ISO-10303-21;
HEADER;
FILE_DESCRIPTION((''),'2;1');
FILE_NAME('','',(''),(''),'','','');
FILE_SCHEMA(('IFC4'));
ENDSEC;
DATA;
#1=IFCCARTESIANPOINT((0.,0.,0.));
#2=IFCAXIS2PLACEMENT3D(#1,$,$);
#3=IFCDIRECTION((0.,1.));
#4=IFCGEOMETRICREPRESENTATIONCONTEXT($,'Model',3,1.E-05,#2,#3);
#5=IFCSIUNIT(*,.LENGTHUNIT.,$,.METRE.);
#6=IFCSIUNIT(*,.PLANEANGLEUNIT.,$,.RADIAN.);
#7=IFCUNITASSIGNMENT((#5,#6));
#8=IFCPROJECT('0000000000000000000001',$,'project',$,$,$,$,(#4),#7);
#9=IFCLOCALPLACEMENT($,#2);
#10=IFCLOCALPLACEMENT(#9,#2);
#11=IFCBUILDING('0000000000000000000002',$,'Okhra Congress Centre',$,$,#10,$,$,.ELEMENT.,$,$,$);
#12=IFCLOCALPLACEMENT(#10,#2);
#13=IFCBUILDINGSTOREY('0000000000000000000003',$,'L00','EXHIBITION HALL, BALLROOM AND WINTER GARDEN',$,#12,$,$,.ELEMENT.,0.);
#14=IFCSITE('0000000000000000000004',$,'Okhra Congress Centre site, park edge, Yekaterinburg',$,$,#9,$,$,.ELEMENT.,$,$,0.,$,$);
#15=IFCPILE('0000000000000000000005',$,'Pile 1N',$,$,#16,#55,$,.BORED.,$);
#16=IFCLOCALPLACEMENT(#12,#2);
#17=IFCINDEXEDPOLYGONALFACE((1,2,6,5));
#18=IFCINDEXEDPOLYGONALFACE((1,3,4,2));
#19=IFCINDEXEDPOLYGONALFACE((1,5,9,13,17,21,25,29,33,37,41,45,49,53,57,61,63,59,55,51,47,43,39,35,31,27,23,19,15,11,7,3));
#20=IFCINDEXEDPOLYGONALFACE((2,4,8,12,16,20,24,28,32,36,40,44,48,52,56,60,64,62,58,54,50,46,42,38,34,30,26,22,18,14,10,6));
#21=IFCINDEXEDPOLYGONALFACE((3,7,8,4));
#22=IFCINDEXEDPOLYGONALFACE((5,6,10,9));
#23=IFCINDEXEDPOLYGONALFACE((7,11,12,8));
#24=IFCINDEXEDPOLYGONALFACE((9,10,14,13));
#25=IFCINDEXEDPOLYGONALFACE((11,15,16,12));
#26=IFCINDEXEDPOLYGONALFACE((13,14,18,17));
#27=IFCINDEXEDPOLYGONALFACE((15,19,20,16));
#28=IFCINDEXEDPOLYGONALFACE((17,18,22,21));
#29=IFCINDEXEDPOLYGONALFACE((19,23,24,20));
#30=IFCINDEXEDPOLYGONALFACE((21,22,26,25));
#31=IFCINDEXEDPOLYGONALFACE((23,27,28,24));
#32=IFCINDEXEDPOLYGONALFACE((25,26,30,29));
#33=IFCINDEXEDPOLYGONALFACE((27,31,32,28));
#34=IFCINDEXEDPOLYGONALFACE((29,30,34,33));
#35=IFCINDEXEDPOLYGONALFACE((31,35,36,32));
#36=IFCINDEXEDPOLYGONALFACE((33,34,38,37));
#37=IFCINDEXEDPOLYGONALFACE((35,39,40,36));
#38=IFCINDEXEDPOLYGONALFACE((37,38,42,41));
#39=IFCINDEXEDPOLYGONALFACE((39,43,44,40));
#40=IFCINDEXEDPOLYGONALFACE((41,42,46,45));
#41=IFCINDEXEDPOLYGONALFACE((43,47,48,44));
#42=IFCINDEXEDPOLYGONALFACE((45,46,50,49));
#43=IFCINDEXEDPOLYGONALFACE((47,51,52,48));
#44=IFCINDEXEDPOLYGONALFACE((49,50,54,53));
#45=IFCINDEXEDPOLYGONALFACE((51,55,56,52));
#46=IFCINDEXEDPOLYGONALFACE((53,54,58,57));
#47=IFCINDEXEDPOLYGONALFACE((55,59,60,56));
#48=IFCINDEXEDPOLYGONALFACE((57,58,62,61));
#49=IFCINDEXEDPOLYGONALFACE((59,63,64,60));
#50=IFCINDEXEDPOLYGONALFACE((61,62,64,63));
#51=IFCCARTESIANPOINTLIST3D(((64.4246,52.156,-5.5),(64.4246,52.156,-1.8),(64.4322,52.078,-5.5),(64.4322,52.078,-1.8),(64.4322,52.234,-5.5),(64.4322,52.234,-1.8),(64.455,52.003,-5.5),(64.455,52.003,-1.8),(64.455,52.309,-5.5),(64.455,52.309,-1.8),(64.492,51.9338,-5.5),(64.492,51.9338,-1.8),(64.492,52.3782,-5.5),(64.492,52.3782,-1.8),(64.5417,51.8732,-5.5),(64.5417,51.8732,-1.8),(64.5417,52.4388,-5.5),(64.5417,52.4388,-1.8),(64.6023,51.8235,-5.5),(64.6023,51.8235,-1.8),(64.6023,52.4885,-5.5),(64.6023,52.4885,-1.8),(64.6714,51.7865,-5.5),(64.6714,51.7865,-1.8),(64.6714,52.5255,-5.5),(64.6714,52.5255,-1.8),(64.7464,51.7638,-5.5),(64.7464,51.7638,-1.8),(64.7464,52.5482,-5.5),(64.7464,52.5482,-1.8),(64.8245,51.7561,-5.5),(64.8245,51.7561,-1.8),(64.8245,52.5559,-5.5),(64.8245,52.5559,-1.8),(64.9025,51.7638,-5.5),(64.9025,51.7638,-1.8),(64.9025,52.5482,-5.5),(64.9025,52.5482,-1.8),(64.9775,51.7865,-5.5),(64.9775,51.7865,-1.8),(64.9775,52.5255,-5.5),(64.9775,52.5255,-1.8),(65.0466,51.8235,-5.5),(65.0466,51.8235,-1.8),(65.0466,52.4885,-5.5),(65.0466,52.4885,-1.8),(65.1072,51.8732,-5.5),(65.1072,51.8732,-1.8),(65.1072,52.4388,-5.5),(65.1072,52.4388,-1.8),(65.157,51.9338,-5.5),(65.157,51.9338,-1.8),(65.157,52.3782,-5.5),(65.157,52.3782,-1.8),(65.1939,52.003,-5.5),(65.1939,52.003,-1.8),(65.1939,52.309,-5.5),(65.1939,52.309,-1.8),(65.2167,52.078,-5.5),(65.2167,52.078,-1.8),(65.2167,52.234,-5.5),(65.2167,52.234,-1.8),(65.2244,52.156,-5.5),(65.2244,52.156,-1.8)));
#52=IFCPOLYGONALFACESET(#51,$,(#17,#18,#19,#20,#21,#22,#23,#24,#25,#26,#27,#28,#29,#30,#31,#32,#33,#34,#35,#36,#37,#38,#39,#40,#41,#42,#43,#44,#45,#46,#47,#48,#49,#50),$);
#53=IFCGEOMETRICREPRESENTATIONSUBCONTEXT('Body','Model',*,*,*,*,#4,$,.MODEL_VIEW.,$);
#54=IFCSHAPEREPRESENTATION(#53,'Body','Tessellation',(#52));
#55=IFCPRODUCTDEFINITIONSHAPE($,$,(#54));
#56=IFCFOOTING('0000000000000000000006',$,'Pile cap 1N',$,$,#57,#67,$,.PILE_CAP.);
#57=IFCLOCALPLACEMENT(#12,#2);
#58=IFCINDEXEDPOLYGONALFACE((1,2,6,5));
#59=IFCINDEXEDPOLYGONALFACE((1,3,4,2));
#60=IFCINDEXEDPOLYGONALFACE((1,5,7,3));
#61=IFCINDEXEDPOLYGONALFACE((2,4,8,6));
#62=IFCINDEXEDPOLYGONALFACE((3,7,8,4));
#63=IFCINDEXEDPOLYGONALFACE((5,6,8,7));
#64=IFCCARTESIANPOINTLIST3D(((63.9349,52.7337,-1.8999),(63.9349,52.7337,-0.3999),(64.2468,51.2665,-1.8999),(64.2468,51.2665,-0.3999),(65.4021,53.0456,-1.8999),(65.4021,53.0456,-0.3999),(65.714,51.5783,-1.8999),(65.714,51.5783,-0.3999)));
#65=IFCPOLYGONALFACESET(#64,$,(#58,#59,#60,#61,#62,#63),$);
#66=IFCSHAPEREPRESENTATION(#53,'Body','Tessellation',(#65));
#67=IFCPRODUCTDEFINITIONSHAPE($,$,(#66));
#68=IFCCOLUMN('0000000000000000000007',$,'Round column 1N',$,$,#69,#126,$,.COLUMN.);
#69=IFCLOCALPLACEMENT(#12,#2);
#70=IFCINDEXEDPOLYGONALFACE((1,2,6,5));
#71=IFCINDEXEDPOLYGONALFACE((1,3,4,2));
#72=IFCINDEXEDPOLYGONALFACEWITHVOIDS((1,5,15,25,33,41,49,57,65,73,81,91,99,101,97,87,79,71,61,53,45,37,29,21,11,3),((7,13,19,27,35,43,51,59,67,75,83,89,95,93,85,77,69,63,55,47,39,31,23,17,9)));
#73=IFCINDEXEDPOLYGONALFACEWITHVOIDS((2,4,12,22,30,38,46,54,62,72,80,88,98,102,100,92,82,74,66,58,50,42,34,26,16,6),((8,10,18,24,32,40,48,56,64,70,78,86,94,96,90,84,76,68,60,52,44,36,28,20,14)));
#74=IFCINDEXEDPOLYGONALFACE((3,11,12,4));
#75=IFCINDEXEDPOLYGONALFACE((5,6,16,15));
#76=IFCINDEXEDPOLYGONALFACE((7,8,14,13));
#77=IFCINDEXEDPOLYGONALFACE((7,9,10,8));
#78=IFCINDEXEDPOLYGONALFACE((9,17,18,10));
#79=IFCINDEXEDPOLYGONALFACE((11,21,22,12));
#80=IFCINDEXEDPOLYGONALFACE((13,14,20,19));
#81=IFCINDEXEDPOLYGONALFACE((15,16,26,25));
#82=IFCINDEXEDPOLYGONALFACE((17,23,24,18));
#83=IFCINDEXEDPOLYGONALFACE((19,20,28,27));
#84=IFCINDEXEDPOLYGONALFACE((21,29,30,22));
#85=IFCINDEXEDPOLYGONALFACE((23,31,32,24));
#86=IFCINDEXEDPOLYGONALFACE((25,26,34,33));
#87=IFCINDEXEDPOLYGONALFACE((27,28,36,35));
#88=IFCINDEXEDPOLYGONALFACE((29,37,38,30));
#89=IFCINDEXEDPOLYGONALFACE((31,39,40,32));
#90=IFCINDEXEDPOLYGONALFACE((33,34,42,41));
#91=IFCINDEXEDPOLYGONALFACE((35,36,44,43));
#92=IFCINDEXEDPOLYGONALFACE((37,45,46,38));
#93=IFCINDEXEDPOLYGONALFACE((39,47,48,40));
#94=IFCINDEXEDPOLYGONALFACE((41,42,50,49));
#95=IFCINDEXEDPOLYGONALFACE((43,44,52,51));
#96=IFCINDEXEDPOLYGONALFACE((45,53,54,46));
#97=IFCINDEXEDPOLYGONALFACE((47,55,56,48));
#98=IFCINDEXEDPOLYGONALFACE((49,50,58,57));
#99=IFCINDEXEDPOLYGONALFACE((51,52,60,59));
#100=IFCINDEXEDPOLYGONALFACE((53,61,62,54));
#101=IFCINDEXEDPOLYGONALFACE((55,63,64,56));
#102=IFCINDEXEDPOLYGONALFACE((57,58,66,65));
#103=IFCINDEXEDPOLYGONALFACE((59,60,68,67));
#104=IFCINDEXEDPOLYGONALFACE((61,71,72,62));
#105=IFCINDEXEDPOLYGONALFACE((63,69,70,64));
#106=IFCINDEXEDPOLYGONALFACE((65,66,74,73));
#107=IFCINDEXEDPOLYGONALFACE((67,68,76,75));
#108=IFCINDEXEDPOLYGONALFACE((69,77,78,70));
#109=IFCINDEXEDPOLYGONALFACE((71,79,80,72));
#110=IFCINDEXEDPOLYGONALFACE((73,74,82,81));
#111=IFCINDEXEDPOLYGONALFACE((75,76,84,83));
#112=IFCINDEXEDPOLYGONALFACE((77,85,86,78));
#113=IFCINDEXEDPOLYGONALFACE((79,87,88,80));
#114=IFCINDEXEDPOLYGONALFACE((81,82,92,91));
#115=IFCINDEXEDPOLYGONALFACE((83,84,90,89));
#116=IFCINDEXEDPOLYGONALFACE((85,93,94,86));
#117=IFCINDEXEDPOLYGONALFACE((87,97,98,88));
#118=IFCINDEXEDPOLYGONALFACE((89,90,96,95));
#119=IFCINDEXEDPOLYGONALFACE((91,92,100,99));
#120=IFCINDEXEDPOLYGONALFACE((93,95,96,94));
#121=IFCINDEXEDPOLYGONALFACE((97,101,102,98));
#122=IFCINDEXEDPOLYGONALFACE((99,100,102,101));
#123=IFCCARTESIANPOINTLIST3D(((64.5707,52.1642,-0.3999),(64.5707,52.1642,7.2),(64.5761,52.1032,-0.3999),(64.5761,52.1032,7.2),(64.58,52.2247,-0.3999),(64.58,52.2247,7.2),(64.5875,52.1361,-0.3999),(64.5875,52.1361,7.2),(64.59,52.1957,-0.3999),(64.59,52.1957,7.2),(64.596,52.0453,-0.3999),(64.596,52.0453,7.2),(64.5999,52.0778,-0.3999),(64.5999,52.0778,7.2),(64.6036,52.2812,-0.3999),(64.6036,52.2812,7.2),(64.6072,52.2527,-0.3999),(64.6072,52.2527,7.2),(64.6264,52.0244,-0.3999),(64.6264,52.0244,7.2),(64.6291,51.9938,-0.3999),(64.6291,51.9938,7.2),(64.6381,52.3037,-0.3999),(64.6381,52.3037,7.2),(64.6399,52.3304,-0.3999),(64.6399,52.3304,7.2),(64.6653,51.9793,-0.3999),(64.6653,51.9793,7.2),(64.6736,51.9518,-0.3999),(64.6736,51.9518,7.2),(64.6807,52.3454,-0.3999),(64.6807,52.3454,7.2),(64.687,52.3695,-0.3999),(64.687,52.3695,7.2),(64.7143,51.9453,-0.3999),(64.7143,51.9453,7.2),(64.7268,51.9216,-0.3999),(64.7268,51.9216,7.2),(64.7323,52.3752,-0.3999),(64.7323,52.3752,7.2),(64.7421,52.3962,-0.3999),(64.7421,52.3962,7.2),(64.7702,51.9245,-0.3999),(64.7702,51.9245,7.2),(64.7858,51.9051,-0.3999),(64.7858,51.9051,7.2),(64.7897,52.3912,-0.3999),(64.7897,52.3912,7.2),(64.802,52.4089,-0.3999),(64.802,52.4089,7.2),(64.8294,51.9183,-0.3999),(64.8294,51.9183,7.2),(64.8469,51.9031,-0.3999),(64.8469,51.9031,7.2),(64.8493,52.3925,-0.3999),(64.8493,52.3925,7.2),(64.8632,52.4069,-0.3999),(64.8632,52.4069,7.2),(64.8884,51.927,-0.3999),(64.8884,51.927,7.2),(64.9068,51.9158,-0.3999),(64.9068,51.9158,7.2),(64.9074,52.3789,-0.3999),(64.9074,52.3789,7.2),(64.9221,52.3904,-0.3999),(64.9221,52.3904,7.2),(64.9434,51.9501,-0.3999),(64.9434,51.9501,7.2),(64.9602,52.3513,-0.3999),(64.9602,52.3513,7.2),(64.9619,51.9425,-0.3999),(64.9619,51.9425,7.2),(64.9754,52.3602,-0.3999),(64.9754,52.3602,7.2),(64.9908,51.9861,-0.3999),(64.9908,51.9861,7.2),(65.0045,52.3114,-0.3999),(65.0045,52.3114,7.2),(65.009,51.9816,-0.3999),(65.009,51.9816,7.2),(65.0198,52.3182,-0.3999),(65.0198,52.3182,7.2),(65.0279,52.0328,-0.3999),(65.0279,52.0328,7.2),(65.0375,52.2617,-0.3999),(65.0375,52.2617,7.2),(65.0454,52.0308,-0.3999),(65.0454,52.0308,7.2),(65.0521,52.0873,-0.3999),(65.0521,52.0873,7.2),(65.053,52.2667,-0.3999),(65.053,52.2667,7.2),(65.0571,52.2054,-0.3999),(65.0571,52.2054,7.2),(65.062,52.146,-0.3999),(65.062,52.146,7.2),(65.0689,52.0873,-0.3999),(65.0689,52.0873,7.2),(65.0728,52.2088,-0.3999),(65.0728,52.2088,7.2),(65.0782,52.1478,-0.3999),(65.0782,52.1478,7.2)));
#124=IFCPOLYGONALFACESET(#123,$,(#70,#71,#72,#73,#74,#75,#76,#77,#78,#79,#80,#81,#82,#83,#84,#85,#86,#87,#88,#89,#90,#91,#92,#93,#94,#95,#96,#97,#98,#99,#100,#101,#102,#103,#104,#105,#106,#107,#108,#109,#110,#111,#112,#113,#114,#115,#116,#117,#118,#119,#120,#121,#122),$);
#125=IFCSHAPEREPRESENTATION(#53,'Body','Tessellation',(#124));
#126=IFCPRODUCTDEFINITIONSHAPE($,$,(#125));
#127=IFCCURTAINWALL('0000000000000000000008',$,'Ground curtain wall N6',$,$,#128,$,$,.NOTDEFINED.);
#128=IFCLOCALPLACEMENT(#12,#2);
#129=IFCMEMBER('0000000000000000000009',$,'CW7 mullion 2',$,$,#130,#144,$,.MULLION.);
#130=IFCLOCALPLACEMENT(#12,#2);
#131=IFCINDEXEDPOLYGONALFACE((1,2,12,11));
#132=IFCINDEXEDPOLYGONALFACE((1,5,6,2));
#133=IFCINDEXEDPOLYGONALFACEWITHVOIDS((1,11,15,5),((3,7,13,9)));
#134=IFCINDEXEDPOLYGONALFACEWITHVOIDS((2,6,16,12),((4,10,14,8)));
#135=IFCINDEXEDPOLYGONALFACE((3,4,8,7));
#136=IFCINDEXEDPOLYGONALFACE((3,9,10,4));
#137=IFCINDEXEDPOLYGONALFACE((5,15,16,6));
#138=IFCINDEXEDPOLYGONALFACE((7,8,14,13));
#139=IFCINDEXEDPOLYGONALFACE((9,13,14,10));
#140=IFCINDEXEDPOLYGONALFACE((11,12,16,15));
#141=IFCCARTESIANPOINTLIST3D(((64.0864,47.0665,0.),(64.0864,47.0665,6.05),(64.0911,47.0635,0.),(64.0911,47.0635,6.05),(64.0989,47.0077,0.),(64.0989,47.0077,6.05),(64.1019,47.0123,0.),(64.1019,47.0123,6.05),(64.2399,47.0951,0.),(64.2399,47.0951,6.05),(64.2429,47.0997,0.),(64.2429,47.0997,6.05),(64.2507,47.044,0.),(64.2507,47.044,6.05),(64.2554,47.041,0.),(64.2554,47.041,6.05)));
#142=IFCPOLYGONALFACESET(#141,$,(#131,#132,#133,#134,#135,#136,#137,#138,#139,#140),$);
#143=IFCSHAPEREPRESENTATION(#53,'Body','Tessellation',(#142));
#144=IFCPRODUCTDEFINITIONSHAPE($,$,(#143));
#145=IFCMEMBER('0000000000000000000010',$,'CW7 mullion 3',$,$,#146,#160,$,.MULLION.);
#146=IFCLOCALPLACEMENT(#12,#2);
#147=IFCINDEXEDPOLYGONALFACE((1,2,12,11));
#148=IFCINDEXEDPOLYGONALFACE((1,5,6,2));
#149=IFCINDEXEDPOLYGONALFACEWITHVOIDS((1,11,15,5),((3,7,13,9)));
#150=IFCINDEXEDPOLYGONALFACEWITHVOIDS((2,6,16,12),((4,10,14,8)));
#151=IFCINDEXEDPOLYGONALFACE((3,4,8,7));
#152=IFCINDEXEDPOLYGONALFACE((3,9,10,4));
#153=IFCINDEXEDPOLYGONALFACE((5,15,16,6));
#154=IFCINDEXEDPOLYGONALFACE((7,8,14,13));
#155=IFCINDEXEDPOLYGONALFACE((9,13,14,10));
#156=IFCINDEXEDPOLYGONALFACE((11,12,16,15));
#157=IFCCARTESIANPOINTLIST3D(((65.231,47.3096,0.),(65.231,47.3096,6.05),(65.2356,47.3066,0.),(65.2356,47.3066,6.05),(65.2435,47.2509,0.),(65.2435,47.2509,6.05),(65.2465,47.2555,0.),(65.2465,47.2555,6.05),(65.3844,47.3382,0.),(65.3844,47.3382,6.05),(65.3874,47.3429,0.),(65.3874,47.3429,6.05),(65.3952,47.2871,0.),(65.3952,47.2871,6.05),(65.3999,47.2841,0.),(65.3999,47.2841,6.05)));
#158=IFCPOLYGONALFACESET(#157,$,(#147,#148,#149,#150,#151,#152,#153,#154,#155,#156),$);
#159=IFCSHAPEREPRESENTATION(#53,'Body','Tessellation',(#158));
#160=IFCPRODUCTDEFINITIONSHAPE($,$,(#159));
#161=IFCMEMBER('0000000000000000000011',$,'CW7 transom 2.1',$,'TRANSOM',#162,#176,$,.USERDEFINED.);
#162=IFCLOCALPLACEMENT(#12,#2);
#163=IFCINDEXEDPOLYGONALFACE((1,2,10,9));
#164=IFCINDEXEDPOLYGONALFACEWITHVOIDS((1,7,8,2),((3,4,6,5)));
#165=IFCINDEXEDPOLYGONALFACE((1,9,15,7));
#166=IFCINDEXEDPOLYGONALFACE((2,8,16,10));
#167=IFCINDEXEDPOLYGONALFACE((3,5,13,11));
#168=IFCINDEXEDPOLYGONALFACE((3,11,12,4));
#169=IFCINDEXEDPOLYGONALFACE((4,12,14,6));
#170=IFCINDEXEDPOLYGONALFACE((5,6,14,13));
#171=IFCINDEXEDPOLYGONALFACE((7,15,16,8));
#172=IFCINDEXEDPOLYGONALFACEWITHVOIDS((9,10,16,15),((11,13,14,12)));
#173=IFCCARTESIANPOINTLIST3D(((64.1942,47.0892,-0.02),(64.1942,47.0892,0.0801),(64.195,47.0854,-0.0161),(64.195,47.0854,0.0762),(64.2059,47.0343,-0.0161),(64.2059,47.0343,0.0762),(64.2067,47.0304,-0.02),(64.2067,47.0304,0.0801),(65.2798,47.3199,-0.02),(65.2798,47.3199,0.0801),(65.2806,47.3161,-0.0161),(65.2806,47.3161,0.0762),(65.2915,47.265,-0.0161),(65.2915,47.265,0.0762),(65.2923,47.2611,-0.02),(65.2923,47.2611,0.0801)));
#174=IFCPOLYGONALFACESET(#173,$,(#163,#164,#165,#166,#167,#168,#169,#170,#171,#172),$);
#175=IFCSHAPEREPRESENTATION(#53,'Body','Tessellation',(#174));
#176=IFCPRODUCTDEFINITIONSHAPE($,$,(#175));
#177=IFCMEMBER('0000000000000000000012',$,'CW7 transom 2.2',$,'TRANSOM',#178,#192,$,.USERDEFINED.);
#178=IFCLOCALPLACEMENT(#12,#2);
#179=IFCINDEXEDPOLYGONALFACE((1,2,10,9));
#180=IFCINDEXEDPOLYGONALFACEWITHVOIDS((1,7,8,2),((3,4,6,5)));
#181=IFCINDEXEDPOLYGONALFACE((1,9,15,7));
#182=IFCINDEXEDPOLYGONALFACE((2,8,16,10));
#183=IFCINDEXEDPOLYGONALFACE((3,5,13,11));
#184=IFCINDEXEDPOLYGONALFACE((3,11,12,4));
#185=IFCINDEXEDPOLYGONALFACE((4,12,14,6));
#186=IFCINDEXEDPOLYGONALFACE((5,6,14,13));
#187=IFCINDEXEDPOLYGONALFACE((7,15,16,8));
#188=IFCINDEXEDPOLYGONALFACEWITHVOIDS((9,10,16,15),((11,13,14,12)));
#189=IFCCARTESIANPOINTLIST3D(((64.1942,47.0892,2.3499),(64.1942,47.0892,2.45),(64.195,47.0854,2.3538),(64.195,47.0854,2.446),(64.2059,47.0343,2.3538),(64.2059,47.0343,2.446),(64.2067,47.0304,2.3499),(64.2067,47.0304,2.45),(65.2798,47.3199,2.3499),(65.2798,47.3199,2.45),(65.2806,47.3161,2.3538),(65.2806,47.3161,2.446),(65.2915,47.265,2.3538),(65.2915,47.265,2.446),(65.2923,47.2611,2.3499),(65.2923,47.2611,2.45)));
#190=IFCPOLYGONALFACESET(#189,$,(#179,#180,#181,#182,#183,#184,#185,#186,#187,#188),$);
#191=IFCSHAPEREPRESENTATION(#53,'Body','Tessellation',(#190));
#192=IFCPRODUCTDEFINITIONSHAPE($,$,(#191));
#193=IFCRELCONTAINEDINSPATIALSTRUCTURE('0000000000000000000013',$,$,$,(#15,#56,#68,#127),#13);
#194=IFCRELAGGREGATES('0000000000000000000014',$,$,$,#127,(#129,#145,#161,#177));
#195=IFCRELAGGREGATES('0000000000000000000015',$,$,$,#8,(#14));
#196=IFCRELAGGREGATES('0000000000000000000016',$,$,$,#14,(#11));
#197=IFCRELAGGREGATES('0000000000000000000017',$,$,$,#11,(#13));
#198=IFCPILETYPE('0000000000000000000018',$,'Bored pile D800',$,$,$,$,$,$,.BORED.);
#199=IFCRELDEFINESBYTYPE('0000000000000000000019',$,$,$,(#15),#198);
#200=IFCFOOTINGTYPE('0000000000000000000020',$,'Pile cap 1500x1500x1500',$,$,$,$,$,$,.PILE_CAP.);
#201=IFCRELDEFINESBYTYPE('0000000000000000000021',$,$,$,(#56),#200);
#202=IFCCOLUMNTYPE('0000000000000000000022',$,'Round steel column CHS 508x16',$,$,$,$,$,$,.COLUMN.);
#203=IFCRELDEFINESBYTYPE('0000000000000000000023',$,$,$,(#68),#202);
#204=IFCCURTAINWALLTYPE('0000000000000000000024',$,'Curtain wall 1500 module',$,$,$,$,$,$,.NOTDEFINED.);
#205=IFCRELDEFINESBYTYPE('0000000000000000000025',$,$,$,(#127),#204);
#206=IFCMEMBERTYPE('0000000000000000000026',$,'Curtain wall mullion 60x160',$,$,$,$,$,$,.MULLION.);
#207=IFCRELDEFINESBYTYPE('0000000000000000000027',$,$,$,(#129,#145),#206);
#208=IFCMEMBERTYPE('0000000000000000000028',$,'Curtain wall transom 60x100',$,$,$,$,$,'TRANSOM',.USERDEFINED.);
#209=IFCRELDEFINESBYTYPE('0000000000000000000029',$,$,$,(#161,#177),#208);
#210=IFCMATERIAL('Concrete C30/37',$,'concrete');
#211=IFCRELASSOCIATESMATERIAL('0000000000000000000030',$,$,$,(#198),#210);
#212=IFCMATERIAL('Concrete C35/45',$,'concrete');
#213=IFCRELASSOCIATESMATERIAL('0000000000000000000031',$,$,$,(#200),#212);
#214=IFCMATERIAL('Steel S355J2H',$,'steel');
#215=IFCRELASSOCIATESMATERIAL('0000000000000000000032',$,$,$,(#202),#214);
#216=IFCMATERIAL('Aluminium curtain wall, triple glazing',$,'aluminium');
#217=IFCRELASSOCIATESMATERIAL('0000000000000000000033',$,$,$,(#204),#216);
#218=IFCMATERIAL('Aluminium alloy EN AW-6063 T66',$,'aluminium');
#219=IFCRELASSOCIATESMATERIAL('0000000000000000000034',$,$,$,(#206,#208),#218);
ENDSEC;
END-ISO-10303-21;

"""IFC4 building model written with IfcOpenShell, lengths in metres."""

from ifc_helpers import new_model, si_unit, direction, frame, origin, origin_2d, place, context, subcontext, project, spatial, rectangle, hollow_rectangle, circle, hollow_circle, extrude, material, material_profile, profile_set, type_object, element, aggregate, save


model = new_model("IFC4")

# Units and contexts
model_context = context("Model", 3, precision=1e-05, world=origin(), true_north=direction((0.0, 1.0)))
body_context = subcontext(model_context, "Body", "Model", "MODEL_VIEW")
ifc_project = project(units=[si_unit("LENGTHUNIT", "METRE"), si_unit("PLANEANGLEUNIT", "RADIAN")], contexts=[model_context])

# Site, building, storey
site_placement = place(None, origin())
site = spatial("IfcSite", under=ifc_project, at=site_placement, Name="Okhra Congress Centre site, park edge, Yekaterinburg", CompositionType="ELEMENT", RefElevation=0.0)
building_placement = place(site_placement, origin())
building = spatial("IfcBuilding", under=site, at=building_placement, Name="Okhra Congress Centre", CompositionType="ELEMENT")
storey_placement = place(building_placement, origin())
storey = spatial("IfcBuildingStorey", under=building, at=storey_placement, Name="L00", Description="EXHIBITION HALL, BALLROOM AND WINTER GARDEN", CompositionType="ELEMENT", Elevation=0.0)

# Pile
ifc_material_1 = material(Name="Concrete C30/37", Category="concrete")
ifc_material_profile_1 = material_profile(ifc_material_1, circle(Radius=0.3999, at=origin_2d()), Name="D800")
ifc_profile_set_1 = profile_set([ifc_material_profile_1], Name="Concrete C30/37")
pile_type = type_object("IfcPileType", Name="Bored pile D800", PredefinedType="BORED", material=ifc_profile_set_1)
pile_placement = place(storey_placement, frame((64.8245, 52.156, -1.8), z_axis=(0.0, 0.0, -1.0), x_axis=(1.0, 0.0, 0.0)))
element("IfcPile", 1, at=pile_placement, inside=storey, type_object=pile_type, Name="Pile 1N", PredefinedType="BORED", context=body_context, shape_type="SweptSolid", body=[
    extrude(circle(Radius=0.3999, at=origin_2d()), origin(), (0.0, 0.0, 1.0), 3.7),
])

# Footing
ifc_material_2 = material(Name="Concrete C35/45", Category="concrete")
footing_type = type_object("IfcFootingType", Name="Pile cap 1500x1500x1500", PredefinedType="PILE_CAP", material=ifc_material_2)
footing_placement = place(storey_placement, frame((64.8245, 52.156, -1.8999), z_axis=(0.0, 0.0, 1.0), x_axis=(0.978148, 0.207912, 0.0)))
element("IfcFooting", 2, at=footing_placement, inside=storey, type_object=footing_type, Name="Pile cap 1N", PredefinedType="PILE_CAP", context=body_context, shape_type="SweptSolid", body=[
    extrude(rectangle(XDim=1.5, YDim=1.5, at=origin_2d()), origin(), (0.0, 0.0, 1.0), 1.5),
])

# Column
ifc_material_3 = material(Name="Steel S355J2H", Category="steel")
ifc_material_profile_2 = material_profile(ifc_material_3, hollow_circle(Radius=0.2539, WallThickness=0.0161, at=origin_2d()), Name="CHS 508x16")
ifc_profile_set_2 = profile_set([ifc_material_profile_2], Name="Steel S355J2H")
column_type = type_object("IfcColumnType", Name="Round steel column CHS 508x16", PredefinedType="COLUMN", material=ifc_profile_set_2)
column_placement = place(storey_placement, frame((64.8245, 52.156, -0.3999), z_axis=(0.0, 0.0, 1.0), x_axis=(0.978148, 0.207912, 0.0)))
element("IfcColumn", 3, at=column_placement, inside=storey, type_object=column_type, Name="Round column 1N", PredefinedType="COLUMN", context=body_context, shape_type="SweptSolid", body=[
    extrude(hollow_circle(Radius=0.2539, WallThickness=0.0161, at=origin_2d()), origin(), (0.0, 0.0, 1.0), 7.5999),
])

# Curtain wall, members
ifc_material_4 = material(Name="Aluminium curtain wall, triple glazing", Category="aluminium")
curtain_wall_type = type_object("IfcCurtainWallType", Name="Curtain wall 1500 module", PredefinedType="NOTDEFINED", material=ifc_material_4)
curtain_wall_1_placement = place(storey_placement, origin())
curtain_wall_1 = element("IfcCurtainWall", 4, at=curtain_wall_1_placement, inside=storey, type_object=curtain_wall_type, Name="Ground curtain wall N6", PredefinedType="NOTDEFINED")
ifc_material_5 = material(Name="Aluminium alloy EN AW-6063 T66", Category="aluminium")
ifc_material_profile_3 = material_profile(ifc_material_5, hollow_rectangle(XDim=0.0601, YDim=0.1599, WallThickness=0.0039, at=origin_2d()), Name="RHS 60x160x4")
ifc_profile_set_3 = profile_set([ifc_material_profile_3], Name="Aluminium alloy EN AW-6063 T66")
member_type_1 = type_object("IfcMemberType", Name="Curtain wall mullion 60x160", PredefinedType="MULLION", material=ifc_profile_set_3)
member_1_placement = place(storey_placement, frame((64.1709, 47.0537, 0.0), z_axis=(0.0, 0.0, 1.0), x_axis=(-0.207912, 0.978148, 0.0)))
member_1 = element("IfcMember", 5, at=member_1_placement, type_object=member_type_1, Name="CW7 mullion 2", PredefinedType="MULLION", context=body_context, shape_type="SweptSolid", body=[
    extrude(hollow_rectangle(XDim=0.0601, YDim=0.1599, WallThickness=0.0039, at=origin_2d()), origin(), (0.0, 0.0, 1.0), 6.05),
])
member_2_placement = place(storey_placement, frame((65.3154, 47.2969, 0.0), z_axis=(0.0, 0.0, 1.0), x_axis=(-0.207912, 0.978148, 0.0)))
member_2 = element("IfcMember", 6, at=member_2_placement, type_object=member_type_1, Name="CW7 mullion 3", PredefinedType="MULLION", context=body_context, shape_type="SweptSolid", body=[
    extrude(hollow_rectangle(XDim=0.0601, YDim=0.1599, WallThickness=0.0039, at=origin_2d()), origin(), (0.0, 0.0, 1.0), 6.05),
])
ifc_material_profile_4 = material_profile(ifc_material_5, hollow_rectangle(XDim=0.0601, YDim=0.1001, WallThickness=0.0039, at=origin_2d()), Name="RHS 60x100x4")
ifc_profile_set_4 = profile_set([ifc_material_profile_4], Name="Aluminium alloy EN AW-6063 T66")
member_type_2 = type_object("IfcMemberType", Name="Curtain wall transom 60x100", ElementType="TRANSOM", PredefinedType="USERDEFINED", material=ifc_profile_set_4)
member_3_placement = place(storey_placement, frame((64.2004, 47.0598, 0.03), z_axis=(0.978158, 0.207861, 0.0), x_axis=(-0.207861, 0.978158, 0.0)))
member_3 = element("IfcMember", 7, at=member_3_placement, type_object=member_type_2, Name="CW7 transom 2.1", ObjectType="TRANSOM", PredefinedType="USERDEFINED", context=body_context, shape_type="SweptSolid", body=[
    extrude(hollow_rectangle(XDim=0.0601, YDim=0.1001, WallThickness=0.0039, at=origin_2d()), origin(), (0.0, 0.0, 1.0), 1.1099),
])
member_4_placement = place(storey_placement, frame((64.2004, 47.0598, 2.3999), z_axis=(0.978158, 0.207861, 0.0), x_axis=(-0.207861, 0.978158, 0.0)))
member_4 = element("IfcMember", 8, at=member_4_placement, type_object=member_type_2, Name="CW7 transom 2.2", ObjectType="TRANSOM", PredefinedType="USERDEFINED", context=body_context, shape_type="SweptSolid", body=[
    extrude(hollow_rectangle(XDim=0.0601, YDim=0.1001, WallThickness=0.0039, at=origin_2d()), origin(), (0.0, 0.0, 1.0), 1.1099),
])

aggregate(curtain_wall_1, [member_1, member_2, member_3, member_4])

save(model, "model.ifc")
